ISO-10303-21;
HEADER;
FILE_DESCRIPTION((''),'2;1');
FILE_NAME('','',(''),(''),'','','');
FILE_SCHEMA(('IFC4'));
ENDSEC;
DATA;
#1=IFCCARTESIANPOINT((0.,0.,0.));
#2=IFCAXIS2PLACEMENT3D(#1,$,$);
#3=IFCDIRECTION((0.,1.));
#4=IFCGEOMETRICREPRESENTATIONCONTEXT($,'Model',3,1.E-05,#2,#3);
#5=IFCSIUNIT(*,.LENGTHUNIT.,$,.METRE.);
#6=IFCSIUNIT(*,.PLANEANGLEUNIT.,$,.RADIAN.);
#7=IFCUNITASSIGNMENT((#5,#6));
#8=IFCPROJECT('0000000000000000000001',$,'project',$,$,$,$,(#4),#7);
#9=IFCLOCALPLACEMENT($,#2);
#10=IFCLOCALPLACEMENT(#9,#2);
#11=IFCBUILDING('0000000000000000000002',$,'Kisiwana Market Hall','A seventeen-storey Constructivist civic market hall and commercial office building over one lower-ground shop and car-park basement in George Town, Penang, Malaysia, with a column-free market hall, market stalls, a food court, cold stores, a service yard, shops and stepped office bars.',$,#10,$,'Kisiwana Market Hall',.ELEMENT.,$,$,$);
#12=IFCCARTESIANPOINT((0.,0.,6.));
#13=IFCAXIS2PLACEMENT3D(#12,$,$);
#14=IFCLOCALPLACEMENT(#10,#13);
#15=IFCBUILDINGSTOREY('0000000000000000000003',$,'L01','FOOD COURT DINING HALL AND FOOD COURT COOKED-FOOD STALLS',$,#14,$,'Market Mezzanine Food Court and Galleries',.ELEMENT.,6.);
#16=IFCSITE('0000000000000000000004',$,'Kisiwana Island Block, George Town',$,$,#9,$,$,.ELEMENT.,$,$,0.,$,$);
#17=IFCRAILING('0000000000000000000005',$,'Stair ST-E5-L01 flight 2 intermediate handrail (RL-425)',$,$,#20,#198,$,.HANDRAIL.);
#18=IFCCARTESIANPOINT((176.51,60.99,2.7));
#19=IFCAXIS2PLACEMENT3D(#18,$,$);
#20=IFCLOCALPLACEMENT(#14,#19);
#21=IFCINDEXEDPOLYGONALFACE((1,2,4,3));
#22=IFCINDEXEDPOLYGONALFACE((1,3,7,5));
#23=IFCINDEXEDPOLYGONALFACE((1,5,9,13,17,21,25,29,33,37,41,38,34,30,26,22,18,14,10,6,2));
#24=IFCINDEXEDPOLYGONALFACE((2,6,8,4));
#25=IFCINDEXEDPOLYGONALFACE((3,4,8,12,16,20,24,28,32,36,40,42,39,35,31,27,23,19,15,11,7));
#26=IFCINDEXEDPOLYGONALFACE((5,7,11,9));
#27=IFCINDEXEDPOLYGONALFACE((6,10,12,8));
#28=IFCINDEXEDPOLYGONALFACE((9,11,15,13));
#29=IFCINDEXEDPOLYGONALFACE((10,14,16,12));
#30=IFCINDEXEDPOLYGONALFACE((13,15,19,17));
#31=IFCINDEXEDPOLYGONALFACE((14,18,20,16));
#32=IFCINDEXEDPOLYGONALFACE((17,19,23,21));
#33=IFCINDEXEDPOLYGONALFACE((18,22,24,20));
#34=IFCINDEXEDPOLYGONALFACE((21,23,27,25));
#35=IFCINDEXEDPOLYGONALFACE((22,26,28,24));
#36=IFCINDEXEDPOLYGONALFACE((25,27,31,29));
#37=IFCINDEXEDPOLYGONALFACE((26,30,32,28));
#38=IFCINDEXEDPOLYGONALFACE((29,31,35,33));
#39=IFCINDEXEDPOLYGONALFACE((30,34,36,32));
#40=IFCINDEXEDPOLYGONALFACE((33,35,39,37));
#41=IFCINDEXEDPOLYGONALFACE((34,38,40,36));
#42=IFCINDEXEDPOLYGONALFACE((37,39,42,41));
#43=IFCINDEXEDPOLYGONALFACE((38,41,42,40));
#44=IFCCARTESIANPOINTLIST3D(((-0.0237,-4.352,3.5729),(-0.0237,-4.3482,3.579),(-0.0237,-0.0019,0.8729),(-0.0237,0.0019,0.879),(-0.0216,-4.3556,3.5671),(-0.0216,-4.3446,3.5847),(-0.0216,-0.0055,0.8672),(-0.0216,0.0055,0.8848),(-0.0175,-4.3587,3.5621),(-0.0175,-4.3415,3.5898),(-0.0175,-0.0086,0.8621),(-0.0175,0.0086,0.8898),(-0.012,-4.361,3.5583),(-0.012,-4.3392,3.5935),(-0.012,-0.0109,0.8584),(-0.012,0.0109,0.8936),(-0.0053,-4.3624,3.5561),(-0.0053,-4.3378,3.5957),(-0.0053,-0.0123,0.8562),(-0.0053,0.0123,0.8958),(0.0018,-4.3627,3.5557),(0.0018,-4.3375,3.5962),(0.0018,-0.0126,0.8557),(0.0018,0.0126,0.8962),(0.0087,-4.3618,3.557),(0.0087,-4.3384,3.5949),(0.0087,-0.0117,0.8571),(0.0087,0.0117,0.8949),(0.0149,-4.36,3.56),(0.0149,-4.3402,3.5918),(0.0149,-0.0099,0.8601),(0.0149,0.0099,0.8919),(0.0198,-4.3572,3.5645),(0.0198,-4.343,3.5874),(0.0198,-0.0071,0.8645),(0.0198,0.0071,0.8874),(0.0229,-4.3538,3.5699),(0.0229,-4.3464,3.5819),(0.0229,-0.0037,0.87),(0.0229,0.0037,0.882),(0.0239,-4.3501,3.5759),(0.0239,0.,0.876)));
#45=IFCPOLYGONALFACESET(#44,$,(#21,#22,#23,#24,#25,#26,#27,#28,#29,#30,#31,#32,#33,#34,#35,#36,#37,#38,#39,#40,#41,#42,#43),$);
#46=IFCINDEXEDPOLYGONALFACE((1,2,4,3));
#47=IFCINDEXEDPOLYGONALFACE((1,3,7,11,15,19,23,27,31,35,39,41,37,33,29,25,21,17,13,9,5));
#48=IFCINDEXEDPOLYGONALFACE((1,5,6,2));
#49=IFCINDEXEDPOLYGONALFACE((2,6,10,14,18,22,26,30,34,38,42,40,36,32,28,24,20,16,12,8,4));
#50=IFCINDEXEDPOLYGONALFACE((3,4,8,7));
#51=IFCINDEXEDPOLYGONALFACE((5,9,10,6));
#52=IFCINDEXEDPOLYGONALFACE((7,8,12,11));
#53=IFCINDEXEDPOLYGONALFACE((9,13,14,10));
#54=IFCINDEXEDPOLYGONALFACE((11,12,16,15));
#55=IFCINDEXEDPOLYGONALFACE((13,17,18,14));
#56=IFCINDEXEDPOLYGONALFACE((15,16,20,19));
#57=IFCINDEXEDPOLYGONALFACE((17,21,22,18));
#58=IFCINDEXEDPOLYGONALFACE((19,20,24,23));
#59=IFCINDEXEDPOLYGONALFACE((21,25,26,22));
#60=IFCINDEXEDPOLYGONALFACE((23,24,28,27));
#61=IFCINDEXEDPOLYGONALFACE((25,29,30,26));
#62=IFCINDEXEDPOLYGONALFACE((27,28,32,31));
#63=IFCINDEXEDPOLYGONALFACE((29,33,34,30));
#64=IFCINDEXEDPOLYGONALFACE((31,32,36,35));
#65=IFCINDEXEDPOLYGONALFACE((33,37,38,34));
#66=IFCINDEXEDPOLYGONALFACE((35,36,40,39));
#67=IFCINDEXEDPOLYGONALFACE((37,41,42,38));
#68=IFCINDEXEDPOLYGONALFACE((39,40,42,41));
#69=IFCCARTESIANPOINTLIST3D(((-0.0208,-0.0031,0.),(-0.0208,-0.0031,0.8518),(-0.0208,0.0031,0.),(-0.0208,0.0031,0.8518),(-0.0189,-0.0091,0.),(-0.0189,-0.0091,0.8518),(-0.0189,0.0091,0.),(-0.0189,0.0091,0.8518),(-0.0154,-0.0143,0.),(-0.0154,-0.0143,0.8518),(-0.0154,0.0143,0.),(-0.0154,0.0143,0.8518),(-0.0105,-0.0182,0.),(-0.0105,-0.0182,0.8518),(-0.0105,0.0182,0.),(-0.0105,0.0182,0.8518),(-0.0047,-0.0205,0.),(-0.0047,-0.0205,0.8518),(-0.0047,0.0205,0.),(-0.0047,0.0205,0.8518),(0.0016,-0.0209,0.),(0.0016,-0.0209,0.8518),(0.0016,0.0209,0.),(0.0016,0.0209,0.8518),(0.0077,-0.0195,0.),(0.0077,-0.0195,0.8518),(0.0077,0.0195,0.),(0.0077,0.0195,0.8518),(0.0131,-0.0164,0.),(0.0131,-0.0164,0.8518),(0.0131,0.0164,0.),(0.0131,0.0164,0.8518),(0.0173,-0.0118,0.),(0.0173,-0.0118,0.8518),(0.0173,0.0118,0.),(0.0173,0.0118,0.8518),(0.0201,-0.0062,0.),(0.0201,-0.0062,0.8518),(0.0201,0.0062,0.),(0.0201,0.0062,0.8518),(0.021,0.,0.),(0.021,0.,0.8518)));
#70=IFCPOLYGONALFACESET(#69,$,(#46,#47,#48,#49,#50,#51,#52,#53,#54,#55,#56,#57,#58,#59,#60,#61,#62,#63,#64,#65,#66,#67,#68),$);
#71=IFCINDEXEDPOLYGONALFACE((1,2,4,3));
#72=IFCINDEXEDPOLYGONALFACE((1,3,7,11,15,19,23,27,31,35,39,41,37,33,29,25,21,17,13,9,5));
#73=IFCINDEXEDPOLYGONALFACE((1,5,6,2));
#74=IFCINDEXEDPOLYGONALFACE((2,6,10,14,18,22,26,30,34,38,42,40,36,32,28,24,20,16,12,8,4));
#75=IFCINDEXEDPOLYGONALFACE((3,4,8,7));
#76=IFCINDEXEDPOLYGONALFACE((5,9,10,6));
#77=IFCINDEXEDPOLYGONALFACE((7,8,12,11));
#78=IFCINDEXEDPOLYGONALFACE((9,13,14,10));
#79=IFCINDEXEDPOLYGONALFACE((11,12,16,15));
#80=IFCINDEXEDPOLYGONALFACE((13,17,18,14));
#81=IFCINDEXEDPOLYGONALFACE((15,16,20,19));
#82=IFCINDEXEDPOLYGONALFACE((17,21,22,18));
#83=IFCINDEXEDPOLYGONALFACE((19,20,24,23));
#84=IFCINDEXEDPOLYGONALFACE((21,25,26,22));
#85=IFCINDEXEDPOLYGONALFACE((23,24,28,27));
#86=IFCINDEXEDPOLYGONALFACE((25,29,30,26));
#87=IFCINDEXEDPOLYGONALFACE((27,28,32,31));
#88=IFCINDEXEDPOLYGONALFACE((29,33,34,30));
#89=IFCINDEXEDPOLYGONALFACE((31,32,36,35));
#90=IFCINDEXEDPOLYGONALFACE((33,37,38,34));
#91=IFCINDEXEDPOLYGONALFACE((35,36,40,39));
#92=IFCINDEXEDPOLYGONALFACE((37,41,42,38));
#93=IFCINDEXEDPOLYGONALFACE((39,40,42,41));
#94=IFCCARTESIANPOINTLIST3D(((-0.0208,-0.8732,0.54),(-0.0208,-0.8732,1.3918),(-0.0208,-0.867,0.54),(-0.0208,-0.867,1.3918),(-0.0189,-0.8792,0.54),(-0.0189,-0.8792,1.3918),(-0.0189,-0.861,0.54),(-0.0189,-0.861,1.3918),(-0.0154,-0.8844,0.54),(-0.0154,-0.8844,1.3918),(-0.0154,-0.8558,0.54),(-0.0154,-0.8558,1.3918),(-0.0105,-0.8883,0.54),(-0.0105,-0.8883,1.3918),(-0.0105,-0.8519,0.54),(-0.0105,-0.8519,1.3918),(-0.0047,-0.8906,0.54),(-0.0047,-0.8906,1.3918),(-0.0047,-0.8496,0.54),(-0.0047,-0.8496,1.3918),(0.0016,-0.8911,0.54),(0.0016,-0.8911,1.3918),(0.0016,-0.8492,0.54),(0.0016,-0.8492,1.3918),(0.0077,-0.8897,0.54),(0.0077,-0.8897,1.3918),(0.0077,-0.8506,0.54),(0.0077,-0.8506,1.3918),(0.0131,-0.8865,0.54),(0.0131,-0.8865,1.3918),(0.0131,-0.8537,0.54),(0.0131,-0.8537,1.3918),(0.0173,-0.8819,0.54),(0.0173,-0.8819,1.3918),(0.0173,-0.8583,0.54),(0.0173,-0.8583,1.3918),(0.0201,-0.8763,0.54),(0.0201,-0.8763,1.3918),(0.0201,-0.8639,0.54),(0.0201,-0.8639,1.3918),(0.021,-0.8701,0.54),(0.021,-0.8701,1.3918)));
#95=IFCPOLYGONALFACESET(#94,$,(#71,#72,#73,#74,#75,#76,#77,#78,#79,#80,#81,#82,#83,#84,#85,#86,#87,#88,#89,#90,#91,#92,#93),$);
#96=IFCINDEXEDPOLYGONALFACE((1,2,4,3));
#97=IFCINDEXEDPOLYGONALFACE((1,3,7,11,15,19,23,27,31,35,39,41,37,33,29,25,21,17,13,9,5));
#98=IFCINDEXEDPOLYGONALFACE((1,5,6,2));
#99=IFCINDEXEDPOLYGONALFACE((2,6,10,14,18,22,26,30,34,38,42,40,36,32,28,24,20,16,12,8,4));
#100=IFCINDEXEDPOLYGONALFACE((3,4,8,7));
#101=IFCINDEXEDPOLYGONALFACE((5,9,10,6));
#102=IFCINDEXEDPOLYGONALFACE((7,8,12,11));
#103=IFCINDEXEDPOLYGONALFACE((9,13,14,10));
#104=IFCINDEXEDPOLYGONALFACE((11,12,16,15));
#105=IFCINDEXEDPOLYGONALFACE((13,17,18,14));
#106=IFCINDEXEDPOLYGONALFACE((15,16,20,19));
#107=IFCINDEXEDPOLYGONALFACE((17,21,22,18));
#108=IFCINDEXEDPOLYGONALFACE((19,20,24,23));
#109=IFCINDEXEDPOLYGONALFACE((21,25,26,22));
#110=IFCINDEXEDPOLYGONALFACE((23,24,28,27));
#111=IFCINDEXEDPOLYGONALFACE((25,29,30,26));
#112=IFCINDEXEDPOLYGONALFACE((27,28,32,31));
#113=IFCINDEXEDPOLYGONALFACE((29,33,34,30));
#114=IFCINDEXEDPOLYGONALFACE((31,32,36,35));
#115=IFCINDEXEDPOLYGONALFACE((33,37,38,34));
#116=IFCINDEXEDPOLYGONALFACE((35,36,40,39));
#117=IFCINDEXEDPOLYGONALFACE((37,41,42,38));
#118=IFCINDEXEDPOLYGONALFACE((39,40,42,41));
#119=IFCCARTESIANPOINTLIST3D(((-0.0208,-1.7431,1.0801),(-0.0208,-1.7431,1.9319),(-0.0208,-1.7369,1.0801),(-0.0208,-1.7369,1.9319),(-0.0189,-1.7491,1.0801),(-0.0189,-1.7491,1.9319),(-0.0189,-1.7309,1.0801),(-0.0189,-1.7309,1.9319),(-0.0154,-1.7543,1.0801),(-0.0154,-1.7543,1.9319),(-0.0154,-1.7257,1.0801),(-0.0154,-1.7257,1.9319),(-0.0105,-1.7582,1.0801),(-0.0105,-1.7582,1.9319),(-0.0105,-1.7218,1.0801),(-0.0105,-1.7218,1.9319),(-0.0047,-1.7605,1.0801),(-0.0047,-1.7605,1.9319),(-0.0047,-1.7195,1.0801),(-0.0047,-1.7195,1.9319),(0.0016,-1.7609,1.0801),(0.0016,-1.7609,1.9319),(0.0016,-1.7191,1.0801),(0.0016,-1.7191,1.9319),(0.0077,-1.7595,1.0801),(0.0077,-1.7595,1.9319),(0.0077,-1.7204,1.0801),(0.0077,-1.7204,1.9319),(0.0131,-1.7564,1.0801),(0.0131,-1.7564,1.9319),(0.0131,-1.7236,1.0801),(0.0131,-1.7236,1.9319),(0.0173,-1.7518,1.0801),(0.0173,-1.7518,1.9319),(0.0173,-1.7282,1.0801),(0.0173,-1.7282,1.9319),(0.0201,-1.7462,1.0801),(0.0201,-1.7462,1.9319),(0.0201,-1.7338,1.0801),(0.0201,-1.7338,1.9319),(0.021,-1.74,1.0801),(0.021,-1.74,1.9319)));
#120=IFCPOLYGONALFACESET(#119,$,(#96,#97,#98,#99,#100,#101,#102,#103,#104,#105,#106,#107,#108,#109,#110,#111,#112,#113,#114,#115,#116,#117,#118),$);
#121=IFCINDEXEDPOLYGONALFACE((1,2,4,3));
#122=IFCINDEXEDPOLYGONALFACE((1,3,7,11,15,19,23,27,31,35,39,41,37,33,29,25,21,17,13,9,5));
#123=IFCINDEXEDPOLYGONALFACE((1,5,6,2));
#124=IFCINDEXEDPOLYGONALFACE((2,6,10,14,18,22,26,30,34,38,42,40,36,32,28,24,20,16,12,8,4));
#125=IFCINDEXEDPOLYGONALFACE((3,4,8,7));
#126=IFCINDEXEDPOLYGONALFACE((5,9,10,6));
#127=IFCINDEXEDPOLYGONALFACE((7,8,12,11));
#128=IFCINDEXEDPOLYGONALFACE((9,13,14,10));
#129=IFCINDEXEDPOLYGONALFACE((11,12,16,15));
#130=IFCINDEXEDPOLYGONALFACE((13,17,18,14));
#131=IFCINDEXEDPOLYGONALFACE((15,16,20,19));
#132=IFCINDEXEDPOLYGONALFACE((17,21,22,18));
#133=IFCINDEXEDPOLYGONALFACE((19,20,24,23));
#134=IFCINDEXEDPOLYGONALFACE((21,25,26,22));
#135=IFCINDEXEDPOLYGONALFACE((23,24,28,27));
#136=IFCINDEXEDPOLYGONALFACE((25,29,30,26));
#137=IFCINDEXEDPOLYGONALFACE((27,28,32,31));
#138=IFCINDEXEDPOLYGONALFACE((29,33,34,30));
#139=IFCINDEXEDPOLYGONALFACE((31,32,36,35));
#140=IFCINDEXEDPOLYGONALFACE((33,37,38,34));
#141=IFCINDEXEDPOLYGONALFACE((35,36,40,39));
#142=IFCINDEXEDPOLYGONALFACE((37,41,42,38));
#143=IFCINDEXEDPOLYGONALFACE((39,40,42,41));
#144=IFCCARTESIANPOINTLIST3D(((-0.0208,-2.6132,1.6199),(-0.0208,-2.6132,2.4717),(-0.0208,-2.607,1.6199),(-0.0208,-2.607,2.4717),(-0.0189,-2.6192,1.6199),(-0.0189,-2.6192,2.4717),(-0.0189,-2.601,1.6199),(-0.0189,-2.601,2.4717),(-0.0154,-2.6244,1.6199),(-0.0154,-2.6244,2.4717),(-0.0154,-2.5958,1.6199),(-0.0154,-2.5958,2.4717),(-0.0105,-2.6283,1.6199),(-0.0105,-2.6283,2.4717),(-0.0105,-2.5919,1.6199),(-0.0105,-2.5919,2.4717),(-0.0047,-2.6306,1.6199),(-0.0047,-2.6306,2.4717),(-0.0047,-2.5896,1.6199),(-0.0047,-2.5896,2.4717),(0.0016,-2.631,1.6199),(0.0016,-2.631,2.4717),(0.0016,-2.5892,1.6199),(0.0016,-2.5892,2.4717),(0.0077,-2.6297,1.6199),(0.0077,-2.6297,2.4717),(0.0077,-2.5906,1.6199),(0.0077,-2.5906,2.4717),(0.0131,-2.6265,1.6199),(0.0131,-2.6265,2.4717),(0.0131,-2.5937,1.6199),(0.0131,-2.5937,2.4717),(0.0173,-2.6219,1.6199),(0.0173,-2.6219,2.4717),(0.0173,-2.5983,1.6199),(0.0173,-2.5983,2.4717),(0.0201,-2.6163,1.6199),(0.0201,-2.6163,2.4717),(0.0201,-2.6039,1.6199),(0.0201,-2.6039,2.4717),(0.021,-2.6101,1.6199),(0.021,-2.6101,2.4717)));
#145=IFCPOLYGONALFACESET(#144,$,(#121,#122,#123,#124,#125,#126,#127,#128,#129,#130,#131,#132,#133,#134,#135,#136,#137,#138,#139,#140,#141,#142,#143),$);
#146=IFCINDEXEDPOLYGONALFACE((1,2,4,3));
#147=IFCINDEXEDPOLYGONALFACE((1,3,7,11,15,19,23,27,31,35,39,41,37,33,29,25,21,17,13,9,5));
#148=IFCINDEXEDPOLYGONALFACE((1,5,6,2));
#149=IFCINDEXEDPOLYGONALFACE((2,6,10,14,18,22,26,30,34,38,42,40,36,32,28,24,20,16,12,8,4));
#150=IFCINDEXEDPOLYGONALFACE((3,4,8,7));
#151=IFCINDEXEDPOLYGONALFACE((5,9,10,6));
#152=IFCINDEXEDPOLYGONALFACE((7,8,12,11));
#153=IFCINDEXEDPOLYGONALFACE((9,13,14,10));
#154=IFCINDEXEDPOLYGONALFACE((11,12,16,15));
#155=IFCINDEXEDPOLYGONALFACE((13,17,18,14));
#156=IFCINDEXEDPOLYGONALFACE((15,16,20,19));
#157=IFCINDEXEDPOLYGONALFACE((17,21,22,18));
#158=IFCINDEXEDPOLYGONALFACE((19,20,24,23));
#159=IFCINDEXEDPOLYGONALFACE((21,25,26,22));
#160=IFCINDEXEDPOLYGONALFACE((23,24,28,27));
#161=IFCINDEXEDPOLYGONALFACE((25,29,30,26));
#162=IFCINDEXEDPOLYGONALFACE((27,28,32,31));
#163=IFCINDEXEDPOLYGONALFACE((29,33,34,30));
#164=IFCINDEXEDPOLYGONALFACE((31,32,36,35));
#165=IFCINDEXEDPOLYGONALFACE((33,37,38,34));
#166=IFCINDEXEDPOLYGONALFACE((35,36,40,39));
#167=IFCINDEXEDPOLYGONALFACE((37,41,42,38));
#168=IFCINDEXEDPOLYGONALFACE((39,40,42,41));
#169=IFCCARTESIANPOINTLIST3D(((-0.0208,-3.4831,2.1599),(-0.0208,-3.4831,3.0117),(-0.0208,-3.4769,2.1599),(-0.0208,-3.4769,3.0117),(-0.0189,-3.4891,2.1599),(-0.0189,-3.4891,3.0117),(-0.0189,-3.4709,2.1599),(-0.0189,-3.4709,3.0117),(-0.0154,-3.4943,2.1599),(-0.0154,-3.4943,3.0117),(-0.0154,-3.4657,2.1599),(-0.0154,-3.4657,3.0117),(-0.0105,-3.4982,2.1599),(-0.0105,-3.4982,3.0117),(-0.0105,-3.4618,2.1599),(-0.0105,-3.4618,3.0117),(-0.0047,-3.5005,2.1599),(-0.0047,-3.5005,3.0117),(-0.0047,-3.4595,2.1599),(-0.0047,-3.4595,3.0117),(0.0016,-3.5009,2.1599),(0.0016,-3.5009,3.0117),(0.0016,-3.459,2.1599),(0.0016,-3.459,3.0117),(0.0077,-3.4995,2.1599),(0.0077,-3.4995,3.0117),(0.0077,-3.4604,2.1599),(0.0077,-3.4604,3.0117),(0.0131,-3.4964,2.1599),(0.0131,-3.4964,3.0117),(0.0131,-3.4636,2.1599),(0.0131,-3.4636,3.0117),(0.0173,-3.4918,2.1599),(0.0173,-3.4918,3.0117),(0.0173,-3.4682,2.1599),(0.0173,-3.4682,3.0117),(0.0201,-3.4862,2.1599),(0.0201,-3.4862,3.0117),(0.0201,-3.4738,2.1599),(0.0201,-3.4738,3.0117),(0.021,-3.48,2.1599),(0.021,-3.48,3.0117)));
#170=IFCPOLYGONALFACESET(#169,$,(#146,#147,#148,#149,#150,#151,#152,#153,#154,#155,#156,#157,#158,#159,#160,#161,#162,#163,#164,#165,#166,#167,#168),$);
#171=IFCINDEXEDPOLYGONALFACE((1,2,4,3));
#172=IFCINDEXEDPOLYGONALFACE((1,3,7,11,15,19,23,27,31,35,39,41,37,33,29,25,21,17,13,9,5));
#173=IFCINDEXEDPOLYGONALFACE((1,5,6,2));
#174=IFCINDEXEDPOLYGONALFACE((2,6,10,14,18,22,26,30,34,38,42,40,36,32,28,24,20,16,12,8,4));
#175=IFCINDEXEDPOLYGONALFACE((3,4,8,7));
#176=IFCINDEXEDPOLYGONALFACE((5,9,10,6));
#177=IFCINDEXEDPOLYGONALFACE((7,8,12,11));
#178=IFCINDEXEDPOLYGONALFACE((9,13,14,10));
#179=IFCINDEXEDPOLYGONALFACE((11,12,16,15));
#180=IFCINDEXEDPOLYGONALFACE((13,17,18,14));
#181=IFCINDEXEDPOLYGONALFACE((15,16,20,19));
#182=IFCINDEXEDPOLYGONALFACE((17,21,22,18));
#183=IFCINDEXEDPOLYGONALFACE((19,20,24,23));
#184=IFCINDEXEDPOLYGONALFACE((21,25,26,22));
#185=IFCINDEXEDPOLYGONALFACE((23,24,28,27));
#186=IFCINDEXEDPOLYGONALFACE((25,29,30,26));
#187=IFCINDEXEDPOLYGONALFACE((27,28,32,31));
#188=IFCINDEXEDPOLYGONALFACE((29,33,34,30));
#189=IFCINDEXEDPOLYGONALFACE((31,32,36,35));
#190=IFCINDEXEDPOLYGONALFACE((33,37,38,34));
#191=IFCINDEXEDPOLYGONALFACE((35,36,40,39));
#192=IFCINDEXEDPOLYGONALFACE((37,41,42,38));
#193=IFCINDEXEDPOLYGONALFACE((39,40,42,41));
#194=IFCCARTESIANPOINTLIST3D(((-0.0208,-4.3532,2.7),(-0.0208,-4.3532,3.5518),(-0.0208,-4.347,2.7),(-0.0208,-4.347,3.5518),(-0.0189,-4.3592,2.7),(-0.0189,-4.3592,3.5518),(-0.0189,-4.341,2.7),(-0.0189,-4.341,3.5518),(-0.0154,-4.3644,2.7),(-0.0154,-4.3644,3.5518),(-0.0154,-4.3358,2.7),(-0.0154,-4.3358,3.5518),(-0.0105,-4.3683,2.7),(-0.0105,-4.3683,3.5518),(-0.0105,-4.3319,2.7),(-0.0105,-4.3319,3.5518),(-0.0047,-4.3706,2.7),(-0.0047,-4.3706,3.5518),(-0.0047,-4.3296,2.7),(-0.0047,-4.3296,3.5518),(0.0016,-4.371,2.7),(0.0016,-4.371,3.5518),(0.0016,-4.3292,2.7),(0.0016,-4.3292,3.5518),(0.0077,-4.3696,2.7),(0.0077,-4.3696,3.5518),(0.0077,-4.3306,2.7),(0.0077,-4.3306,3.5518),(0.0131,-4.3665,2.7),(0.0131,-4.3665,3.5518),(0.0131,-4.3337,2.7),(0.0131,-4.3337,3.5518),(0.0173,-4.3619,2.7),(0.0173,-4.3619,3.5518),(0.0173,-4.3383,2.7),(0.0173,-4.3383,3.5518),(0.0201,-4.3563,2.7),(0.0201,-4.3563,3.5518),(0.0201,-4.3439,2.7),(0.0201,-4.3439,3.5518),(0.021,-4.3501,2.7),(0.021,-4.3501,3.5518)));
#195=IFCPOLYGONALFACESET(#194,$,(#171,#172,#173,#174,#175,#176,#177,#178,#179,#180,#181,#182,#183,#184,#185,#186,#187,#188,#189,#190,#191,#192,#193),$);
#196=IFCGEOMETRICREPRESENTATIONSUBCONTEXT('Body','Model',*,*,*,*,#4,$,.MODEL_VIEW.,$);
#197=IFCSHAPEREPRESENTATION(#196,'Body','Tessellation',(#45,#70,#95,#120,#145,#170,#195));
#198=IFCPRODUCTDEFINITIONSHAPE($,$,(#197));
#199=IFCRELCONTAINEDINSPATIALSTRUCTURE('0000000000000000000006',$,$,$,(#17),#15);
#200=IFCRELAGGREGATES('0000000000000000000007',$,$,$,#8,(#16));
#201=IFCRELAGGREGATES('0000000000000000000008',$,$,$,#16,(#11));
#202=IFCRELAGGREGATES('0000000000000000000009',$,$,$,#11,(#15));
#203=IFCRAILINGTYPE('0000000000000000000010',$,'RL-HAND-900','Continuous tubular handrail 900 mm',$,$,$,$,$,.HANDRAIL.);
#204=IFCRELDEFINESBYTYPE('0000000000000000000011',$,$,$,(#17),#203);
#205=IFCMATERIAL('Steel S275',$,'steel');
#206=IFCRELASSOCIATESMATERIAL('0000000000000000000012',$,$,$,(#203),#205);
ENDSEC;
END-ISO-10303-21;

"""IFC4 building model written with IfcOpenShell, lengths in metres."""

from ifc_helpers import new_model, si_unit, direction, frame, origin, origin_2d, place, context, subcontext, project, spatial, circle, extrude, material, type_object, element, save


model = new_model("IFC4")

# Units and contexts
model_context = context("Model", 3, precision=1e-05, world=origin(), true_north=direction((0.0, 1.0)))
body_context = subcontext(model_context, "Body", "Model", "MODEL_VIEW")
ifc_project = project(units=[si_unit("LENGTHUNIT", "METRE"), si_unit("PLANEANGLEUNIT", "RADIAN")], contexts=[model_context])

# Site, building, storey
site_placement = place(None, origin())
site = spatial("IfcSite", under=ifc_project, at=site_placement, Name="Kisiwana Island Block, George Town", CompositionType="ELEMENT", RefElevation=0.0)
building_placement = place(site_placement, origin())
building = spatial("IfcBuilding", under=site, at=building_placement, Name="Kisiwana Market Hall", Description="A seventeen-storey Constructivist civic market hall and commercial office building over one lower-ground shop and car-park basement in George Town, Penang, Malaysia, with a column-free market hall, market stalls, a food court, cold stores, a service yard, shops and stepped office bars.", LongName="Kisiwana Market Hall", CompositionType="ELEMENT")
storey_placement = place(building_placement, frame((0.0, 0.0, 6.0)))
storey = spatial("IfcBuildingStorey", under=building, at=storey_placement, Name="L01", Description="FOOD COURT DINING HALL AND FOOD COURT COOKED-FOOD STALLS", LongName="Market Mezzanine Food Court and Galleries", CompositionType="ELEMENT", Elevation=6.0)

# Railing
ifc_material_1 = material(Name="Steel S275", Category="steel")
railing_type_1 = type_object("IfcRailingType", Name="RL-HAND-900", Description="Continuous tubular handrail 900 mm", PredefinedType="HANDRAIL", material=ifc_material_1)
for number, where, name in (
    (1, (176.51, 60.99, 2.7), "Stair ST-E5-L01 flight 2 intermediate handrail (RL-425)"),
):
    element("IfcRailing", number, at=place(storey_placement, frame(where)), inside=storey, type_object=railing_type_1, Name=name, PredefinedType="HANDRAIL", context=body_context, shape_type="SweptSolid", body=[
        extrude(circle(Radius=0.0239, at=origin_2d()), frame((0.0, 0.0, 0.876), z_axis=(0.0, -0.84965, 0.527347), x_axis=(1.0, 0.0, 0.0)), (0.0, 0.0, 1.0), 5.1199),
        extrude(circle(Radius=0.021, at=origin_2d()), origin(), (0.0, 0.0, 1.0), 0.8518),
        extrude(circle(Radius=0.021, at=origin_2d()), frame((0.0, -0.8701, 0.54)), (0.0, 0.0, 1.0), 0.8518),
        extrude(circle(Radius=0.021, at=origin_2d()), frame((0.0, -1.74, 1.0801)), (0.0, 0.0, 1.0), 0.8518),
        extrude(circle(Radius=0.021, at=origin_2d()), frame((0.0, -2.6101, 1.6199)), (0.0, 0.0, 1.0), 0.8518),
        extrude(circle(Radius=0.021, at=origin_2d()), frame((0.0, -3.48, 2.1599)), (0.0, 0.0, 1.0), 0.8518),
        extrude(circle(Radius=0.021, at=origin_2d()), frame((0.0, -4.3501, 2.7)), (0.0, 0.0, 1.0), 0.8518),
    ])

save(model, "model.ifc")
